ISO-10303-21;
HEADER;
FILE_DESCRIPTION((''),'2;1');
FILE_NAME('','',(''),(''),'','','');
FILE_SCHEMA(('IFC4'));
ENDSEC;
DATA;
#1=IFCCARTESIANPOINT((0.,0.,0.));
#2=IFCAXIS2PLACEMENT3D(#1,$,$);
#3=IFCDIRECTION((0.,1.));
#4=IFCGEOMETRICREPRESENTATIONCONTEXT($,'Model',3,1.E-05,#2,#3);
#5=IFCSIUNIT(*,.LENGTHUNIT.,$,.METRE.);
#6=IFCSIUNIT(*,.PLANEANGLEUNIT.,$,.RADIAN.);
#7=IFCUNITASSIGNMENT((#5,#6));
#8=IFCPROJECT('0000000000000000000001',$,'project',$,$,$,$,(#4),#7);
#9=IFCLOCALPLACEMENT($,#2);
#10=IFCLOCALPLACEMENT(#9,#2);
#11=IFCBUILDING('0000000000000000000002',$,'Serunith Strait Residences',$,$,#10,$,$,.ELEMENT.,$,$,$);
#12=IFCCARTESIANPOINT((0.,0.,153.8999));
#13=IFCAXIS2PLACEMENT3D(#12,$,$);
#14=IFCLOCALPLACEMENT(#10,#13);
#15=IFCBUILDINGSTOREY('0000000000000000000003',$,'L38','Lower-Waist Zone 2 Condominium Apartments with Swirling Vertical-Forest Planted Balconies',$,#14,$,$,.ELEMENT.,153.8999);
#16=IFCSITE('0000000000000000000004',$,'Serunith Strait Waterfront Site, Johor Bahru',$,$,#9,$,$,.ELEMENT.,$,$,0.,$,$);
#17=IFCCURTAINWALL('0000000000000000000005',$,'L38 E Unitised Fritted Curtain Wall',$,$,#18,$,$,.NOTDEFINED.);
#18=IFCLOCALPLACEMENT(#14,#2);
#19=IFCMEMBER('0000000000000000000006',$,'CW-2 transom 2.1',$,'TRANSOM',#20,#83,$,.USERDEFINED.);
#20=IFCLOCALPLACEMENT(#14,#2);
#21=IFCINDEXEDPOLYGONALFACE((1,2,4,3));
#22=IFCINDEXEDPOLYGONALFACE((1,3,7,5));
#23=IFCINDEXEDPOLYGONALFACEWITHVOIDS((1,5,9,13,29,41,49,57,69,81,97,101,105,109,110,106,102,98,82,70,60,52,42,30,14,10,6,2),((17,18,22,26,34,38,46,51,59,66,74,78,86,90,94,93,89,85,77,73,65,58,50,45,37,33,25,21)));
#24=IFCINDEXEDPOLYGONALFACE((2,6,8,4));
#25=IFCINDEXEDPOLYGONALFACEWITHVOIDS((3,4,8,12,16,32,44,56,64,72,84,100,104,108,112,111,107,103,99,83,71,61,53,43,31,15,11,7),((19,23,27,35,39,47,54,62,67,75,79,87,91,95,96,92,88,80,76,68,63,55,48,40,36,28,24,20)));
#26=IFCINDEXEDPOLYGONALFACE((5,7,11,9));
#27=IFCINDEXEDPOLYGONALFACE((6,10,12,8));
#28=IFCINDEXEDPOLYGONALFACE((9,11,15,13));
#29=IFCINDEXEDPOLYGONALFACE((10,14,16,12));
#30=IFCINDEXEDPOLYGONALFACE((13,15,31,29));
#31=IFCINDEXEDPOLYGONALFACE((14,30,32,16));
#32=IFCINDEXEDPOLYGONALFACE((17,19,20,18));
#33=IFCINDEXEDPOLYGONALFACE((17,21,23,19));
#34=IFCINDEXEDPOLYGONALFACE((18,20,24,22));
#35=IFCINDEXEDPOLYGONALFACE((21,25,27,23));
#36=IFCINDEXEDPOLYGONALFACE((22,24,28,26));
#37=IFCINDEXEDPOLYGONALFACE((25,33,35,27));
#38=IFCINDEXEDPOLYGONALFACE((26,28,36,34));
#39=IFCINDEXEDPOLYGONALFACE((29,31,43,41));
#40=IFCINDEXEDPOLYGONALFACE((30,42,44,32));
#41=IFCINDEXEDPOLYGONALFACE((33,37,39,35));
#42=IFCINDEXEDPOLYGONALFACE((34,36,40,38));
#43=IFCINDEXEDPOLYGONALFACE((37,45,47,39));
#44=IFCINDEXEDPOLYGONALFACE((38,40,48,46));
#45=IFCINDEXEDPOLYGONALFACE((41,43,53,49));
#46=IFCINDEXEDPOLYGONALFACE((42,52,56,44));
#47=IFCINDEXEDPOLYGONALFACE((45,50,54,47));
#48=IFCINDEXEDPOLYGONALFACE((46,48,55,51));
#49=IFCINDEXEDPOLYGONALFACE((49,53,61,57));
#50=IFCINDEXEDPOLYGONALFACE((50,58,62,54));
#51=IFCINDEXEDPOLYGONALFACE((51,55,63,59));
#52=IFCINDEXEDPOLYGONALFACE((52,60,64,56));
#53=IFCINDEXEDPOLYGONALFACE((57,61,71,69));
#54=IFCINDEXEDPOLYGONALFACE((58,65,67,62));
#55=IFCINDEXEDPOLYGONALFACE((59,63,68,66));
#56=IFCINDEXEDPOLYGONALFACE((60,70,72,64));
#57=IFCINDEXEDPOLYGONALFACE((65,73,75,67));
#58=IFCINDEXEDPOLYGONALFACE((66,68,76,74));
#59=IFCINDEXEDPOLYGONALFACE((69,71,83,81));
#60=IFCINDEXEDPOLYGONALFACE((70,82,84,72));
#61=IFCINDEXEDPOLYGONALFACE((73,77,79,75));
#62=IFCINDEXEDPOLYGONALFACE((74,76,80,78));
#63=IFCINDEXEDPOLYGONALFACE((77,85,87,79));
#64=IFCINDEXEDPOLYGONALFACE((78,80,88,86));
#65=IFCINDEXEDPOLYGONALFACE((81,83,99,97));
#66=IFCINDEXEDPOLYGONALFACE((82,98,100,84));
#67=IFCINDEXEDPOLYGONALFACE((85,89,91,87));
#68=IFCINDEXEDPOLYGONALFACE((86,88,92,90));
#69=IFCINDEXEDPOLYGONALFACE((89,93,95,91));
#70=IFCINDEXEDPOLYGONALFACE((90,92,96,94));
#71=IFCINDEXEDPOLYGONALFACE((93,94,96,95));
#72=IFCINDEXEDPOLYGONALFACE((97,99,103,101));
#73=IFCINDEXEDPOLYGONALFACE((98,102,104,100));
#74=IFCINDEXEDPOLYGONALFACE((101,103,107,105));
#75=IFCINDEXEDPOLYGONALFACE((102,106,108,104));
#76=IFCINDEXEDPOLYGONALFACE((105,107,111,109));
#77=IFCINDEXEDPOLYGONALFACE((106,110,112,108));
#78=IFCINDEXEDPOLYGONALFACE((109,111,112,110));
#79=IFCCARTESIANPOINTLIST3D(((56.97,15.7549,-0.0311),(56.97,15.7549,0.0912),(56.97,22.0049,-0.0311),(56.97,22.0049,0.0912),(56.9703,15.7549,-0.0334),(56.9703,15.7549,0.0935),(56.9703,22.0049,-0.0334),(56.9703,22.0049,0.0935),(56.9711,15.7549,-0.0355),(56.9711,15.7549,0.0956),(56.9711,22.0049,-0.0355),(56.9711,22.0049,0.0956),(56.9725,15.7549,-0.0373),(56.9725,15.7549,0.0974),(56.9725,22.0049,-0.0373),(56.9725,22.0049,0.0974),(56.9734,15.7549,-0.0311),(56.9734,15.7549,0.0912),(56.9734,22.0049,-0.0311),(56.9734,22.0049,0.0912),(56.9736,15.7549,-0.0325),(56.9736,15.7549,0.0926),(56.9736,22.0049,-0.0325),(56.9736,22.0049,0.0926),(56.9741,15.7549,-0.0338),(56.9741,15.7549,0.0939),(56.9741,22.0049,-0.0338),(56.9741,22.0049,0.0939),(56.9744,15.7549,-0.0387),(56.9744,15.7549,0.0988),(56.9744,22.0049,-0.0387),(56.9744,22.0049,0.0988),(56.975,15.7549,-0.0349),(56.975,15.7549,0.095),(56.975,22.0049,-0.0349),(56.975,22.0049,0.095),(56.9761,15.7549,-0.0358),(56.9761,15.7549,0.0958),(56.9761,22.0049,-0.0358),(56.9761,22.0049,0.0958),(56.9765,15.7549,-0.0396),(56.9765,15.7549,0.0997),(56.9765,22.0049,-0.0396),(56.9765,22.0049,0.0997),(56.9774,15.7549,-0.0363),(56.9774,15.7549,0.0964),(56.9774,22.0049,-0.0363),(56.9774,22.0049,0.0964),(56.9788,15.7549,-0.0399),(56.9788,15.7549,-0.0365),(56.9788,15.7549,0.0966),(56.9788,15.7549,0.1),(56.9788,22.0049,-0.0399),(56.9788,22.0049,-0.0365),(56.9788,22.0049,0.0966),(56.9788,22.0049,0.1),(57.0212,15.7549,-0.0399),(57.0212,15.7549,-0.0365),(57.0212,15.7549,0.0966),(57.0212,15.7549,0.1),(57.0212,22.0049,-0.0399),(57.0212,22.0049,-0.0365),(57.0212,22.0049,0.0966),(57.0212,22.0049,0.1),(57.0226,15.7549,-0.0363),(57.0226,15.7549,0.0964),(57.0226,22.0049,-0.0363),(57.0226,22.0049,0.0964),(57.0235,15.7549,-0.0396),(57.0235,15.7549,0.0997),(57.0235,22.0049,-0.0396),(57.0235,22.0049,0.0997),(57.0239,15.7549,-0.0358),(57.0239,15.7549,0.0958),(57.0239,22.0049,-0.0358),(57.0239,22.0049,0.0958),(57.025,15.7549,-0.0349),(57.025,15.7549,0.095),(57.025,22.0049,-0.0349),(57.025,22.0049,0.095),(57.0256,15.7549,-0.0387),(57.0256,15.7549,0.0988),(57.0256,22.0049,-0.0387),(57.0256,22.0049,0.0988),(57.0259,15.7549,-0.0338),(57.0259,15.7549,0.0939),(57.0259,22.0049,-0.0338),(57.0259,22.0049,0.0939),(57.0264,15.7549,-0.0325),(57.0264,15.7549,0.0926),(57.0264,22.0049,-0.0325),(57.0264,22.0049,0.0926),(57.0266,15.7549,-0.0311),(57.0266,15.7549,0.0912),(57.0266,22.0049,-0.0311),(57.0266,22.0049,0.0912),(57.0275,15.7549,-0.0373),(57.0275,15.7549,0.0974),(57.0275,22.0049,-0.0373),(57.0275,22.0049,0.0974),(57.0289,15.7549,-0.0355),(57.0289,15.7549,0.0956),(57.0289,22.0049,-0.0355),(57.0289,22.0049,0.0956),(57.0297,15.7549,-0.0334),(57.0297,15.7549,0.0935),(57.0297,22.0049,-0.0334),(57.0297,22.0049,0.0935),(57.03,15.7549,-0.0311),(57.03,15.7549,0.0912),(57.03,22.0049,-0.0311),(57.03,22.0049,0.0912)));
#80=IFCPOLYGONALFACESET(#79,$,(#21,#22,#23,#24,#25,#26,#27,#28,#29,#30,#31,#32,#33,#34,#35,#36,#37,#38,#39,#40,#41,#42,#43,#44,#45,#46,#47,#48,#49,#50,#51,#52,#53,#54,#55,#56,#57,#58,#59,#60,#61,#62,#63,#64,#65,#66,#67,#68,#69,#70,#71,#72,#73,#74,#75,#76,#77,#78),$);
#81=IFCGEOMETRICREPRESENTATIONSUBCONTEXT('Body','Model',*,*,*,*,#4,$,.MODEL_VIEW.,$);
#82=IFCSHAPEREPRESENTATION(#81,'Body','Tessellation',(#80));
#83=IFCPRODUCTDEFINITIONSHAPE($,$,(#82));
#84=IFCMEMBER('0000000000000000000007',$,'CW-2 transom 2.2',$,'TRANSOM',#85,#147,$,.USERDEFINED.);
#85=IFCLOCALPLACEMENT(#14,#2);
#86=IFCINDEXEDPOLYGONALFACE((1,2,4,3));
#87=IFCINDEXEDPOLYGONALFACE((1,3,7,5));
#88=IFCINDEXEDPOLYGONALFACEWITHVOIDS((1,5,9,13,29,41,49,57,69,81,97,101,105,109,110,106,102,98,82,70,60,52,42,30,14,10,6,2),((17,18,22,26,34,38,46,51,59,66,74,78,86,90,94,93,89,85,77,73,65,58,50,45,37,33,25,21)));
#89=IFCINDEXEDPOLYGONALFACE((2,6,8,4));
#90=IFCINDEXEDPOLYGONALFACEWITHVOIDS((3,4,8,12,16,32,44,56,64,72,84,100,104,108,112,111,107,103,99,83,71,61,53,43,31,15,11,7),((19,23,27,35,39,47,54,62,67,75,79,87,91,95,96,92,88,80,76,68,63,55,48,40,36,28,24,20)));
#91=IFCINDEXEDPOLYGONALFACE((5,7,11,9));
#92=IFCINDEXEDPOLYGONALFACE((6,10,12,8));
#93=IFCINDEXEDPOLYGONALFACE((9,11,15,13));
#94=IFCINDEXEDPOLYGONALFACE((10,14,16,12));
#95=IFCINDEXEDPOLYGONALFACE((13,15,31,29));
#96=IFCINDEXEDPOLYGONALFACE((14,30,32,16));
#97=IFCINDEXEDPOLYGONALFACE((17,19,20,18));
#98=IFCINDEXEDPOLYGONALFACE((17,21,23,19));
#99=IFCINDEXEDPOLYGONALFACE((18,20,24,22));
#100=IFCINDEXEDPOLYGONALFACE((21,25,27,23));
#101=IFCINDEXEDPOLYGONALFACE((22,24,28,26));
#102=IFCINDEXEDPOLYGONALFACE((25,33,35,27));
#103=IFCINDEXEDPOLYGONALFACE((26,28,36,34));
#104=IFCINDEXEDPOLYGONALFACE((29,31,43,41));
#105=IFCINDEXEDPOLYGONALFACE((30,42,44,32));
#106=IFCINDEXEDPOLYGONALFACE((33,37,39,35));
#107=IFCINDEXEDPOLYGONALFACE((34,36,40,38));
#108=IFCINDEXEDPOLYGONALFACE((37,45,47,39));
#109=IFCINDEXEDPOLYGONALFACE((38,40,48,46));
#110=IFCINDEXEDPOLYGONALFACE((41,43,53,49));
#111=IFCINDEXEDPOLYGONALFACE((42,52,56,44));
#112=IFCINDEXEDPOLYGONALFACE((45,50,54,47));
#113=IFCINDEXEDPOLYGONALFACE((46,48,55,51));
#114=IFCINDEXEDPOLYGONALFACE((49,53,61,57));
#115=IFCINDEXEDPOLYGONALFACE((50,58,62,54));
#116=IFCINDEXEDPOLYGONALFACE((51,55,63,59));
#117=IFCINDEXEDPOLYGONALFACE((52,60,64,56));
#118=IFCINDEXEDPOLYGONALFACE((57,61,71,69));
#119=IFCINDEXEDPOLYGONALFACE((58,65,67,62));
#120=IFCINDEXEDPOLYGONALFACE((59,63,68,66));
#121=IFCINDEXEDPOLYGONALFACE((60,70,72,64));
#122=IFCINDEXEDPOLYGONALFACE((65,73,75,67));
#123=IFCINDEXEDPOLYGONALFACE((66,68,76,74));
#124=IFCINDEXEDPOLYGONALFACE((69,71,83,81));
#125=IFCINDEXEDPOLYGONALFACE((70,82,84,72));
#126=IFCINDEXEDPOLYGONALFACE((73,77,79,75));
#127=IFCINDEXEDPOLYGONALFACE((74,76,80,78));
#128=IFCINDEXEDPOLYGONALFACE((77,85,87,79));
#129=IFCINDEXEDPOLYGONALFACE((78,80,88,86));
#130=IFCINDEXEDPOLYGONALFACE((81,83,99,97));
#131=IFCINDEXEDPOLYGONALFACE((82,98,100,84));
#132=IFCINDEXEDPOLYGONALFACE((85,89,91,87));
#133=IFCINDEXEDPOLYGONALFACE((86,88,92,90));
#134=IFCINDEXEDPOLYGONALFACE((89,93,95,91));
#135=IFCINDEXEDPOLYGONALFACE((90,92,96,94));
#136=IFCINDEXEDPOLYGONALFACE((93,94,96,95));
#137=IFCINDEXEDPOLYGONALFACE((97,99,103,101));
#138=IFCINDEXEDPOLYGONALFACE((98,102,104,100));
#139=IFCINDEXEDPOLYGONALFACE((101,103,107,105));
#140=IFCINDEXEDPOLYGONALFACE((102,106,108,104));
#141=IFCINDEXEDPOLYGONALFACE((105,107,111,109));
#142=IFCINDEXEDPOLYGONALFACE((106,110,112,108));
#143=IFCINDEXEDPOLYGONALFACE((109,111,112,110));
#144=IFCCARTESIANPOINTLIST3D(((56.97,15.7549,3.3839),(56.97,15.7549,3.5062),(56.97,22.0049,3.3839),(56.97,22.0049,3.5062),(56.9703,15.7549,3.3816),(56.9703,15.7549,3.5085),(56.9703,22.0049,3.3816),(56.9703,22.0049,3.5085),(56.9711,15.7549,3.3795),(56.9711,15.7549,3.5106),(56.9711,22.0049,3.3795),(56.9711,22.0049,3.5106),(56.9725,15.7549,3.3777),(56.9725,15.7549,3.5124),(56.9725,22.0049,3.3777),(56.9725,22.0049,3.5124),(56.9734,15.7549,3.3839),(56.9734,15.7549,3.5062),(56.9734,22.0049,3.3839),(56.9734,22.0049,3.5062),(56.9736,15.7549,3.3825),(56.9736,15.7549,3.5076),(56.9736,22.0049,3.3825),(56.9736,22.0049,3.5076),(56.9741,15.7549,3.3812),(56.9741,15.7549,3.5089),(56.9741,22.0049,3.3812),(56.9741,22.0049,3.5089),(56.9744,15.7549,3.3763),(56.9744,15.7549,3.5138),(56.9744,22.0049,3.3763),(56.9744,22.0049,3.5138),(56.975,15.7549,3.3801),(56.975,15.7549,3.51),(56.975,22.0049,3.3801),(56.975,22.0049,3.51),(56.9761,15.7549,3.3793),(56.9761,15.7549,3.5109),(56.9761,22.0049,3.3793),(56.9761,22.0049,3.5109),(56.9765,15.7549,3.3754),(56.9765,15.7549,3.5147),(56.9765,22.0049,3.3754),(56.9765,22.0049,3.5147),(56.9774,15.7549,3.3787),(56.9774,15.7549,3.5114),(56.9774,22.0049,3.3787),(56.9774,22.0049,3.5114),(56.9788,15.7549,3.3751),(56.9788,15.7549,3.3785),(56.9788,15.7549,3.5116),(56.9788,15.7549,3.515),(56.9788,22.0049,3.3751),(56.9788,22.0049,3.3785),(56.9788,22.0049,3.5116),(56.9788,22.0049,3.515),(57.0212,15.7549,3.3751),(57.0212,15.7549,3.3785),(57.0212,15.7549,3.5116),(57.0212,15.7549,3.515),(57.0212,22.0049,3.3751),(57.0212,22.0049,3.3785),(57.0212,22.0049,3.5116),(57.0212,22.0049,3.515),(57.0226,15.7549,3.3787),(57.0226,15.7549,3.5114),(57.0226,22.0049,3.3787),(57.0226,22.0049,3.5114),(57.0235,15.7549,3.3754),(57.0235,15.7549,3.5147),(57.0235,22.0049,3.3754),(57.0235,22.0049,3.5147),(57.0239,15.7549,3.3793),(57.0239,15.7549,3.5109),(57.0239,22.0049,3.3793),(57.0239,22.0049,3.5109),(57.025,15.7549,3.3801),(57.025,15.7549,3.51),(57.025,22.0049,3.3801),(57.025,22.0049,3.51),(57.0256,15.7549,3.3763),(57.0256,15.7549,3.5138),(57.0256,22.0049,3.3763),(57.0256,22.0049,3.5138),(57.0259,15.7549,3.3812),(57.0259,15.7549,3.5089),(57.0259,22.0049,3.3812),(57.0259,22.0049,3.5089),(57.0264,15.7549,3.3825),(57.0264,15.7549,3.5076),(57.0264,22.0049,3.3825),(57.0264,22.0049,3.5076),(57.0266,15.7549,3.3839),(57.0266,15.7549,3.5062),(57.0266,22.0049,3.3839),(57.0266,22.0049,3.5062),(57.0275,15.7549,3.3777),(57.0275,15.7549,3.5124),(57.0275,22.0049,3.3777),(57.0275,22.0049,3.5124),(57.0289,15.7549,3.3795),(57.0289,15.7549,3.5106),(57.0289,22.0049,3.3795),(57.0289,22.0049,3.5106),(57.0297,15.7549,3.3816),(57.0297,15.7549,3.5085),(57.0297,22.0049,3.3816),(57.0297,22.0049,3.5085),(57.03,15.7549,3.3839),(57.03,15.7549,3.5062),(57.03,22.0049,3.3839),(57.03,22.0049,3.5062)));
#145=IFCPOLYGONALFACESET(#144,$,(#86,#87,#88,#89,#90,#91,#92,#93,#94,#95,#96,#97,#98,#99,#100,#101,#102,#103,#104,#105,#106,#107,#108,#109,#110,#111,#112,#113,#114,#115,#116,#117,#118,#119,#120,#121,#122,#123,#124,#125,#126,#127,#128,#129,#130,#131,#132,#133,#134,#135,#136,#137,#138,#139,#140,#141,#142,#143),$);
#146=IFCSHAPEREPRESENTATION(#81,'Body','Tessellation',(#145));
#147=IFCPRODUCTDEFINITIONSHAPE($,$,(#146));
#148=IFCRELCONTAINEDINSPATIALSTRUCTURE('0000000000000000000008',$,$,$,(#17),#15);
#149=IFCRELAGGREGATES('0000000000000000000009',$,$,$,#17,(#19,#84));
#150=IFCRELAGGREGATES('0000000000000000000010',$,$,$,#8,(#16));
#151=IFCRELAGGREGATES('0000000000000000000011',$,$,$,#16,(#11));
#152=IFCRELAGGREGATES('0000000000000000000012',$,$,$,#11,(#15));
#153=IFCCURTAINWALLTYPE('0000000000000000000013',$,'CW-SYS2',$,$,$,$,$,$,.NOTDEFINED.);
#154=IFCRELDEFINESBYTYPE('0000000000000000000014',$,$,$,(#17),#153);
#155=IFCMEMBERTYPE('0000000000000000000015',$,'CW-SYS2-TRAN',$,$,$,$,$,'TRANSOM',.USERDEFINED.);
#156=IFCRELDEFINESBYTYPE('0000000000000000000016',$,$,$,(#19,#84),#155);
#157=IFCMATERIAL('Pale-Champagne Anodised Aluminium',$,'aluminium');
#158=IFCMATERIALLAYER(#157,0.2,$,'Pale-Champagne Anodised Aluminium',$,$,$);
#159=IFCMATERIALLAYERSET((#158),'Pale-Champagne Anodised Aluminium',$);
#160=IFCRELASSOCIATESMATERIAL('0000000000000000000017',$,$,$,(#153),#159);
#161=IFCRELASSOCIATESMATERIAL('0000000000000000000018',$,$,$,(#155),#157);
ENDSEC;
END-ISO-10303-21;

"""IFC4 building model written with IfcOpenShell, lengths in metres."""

from ifc_helpers import new_model, si_unit, direction, frame, origin, origin_2d, place, context, subcontext, project, spatial, hollow_rectangle, extrude, source, transform, mapped, material, layer, layer_set, material_profile, profile_set, type_object, element, aggregate, save


model = new_model("IFC4")

# Units and contexts
model_context = context("Model", 3, precision=1e-05, world=origin(), true_north=direction((0.0, 1.0)))
body_context = subcontext(model_context, "Body", "Model", "MODEL_VIEW")
ifc_project = project(units=[si_unit("LENGTHUNIT", "METRE"), si_unit("PLANEANGLEUNIT", "RADIAN")], contexts=[model_context])

# Site, building, storey
site_placement = place(None, origin())
site = spatial("IfcSite", under=ifc_project, at=site_placement, Name="Serunith Strait Waterfront Site, Johor Bahru", CompositionType="ELEMENT", RefElevation=0.0)
building_placement = place(site_placement, origin())
building = spatial("IfcBuilding", under=site, at=building_placement, Name="Serunith Strait Residences", CompositionType="ELEMENT")
storey_placement = place(building_placement, frame((0.0, 0.0, 153.8999)))
storey = spatial("IfcBuildingStorey", under=building, at=storey_placement, Name="L38", Description="Lower-Waist Zone 2 Condominium Apartments with Swirling Vertical-Forest Planted Balconies", CompositionType="ELEMENT", Elevation=153.8999)

# Curtain wall, members
ifc_material_1 = material(Name="Pale-Champagne Anodised Aluminium", Category="aluminium")
ifc_layer_1 = layer(ifc_material_1, 0.2, Name="Pale-Champagne Anodised Aluminium")
ifc_layer_set_1 = layer_set([ifc_layer_1], Name="Pale-Champagne Anodised Aluminium")
curtain_wall_type = type_object("IfcCurtainWallType", Name="CW-SYS2", PredefinedType="NOTDEFINED", material=ifc_layer_set_1)
curtain_wall_placement = place(storey_placement, origin())
curtain_wall = element("IfcCurtainWall", 1, at=curtain_wall_placement, inside=storey, type_object=curtain_wall_type, Name="L38 E Unitised Fritted Curtain Wall", PredefinedType="NOTDEFINED")
ifc_material_profile_1 = material_profile(ifc_material_1, hollow_rectangle(XDim=0.0601, YDim=0.1399, WallThickness=0.0034, InnerFilletRadius=0.0054, OuterFilletRadius=0.0088, at=origin_2d()), Name="ALU 140x60x3.5")
ifc_profile_set_1 = profile_set([ifc_material_profile_1], Name="Pale-Champagne Anodised Aluminium")
member_type_1 = type_object("IfcMemberType", Name="CW-SYS2-TRAN", ElementType="TRANSOM", PredefinedType="USERDEFINED", material=ifc_profile_set_1)
shared_shape_1 = source(origin(), body_context, "Body", "SweptSolid", [
    extrude(hollow_rectangle(XDim=0.0601, YDim=0.1399, WallThickness=0.0034, InnerFilletRadius=0.0054, OuterFilletRadius=0.0088, at=origin_2d()), origin(), (0.0, 0.0, 1.0), 6.25),
])
member_1_placement = place(storey_placement, frame((57.0, 15.7549, 0.03), z_axis=(0.0, 1.0, 0.0), x_axis=(-1.0, 0.0, 0.0)))
member_1 = element("IfcMember", 2, at=member_1_placement, type_object=member_type_1, Name="CW-2 transom 2.1", ObjectType="TRANSOM", PredefinedType="USERDEFINED", context=body_context, shape_type="MappedRepresentation", body=[
    mapped(shared_shape_1, transform((0.0, 0.0, 0.0), scale=1.0)),
])
member_2_placement = place(storey_placement, frame((57.0, 15.7549, 3.4451), z_axis=(0.0, 1.0, 0.0), x_axis=(-1.0, 0.0, 0.0)))
member_2 = element("IfcMember", 3, at=member_2_placement, type_object=member_type_1, Name="CW-2 transom 2.2", ObjectType="TRANSOM", PredefinedType="USERDEFINED", context=body_context, shape_type="MappedRepresentation", body=[
    mapped(shared_shape_1, transform((0.0, 0.0, 0.0), scale=1.0)),
])
aggregate(curtain_wall, [member_1, member_2])

save(model, "model.ifc")
